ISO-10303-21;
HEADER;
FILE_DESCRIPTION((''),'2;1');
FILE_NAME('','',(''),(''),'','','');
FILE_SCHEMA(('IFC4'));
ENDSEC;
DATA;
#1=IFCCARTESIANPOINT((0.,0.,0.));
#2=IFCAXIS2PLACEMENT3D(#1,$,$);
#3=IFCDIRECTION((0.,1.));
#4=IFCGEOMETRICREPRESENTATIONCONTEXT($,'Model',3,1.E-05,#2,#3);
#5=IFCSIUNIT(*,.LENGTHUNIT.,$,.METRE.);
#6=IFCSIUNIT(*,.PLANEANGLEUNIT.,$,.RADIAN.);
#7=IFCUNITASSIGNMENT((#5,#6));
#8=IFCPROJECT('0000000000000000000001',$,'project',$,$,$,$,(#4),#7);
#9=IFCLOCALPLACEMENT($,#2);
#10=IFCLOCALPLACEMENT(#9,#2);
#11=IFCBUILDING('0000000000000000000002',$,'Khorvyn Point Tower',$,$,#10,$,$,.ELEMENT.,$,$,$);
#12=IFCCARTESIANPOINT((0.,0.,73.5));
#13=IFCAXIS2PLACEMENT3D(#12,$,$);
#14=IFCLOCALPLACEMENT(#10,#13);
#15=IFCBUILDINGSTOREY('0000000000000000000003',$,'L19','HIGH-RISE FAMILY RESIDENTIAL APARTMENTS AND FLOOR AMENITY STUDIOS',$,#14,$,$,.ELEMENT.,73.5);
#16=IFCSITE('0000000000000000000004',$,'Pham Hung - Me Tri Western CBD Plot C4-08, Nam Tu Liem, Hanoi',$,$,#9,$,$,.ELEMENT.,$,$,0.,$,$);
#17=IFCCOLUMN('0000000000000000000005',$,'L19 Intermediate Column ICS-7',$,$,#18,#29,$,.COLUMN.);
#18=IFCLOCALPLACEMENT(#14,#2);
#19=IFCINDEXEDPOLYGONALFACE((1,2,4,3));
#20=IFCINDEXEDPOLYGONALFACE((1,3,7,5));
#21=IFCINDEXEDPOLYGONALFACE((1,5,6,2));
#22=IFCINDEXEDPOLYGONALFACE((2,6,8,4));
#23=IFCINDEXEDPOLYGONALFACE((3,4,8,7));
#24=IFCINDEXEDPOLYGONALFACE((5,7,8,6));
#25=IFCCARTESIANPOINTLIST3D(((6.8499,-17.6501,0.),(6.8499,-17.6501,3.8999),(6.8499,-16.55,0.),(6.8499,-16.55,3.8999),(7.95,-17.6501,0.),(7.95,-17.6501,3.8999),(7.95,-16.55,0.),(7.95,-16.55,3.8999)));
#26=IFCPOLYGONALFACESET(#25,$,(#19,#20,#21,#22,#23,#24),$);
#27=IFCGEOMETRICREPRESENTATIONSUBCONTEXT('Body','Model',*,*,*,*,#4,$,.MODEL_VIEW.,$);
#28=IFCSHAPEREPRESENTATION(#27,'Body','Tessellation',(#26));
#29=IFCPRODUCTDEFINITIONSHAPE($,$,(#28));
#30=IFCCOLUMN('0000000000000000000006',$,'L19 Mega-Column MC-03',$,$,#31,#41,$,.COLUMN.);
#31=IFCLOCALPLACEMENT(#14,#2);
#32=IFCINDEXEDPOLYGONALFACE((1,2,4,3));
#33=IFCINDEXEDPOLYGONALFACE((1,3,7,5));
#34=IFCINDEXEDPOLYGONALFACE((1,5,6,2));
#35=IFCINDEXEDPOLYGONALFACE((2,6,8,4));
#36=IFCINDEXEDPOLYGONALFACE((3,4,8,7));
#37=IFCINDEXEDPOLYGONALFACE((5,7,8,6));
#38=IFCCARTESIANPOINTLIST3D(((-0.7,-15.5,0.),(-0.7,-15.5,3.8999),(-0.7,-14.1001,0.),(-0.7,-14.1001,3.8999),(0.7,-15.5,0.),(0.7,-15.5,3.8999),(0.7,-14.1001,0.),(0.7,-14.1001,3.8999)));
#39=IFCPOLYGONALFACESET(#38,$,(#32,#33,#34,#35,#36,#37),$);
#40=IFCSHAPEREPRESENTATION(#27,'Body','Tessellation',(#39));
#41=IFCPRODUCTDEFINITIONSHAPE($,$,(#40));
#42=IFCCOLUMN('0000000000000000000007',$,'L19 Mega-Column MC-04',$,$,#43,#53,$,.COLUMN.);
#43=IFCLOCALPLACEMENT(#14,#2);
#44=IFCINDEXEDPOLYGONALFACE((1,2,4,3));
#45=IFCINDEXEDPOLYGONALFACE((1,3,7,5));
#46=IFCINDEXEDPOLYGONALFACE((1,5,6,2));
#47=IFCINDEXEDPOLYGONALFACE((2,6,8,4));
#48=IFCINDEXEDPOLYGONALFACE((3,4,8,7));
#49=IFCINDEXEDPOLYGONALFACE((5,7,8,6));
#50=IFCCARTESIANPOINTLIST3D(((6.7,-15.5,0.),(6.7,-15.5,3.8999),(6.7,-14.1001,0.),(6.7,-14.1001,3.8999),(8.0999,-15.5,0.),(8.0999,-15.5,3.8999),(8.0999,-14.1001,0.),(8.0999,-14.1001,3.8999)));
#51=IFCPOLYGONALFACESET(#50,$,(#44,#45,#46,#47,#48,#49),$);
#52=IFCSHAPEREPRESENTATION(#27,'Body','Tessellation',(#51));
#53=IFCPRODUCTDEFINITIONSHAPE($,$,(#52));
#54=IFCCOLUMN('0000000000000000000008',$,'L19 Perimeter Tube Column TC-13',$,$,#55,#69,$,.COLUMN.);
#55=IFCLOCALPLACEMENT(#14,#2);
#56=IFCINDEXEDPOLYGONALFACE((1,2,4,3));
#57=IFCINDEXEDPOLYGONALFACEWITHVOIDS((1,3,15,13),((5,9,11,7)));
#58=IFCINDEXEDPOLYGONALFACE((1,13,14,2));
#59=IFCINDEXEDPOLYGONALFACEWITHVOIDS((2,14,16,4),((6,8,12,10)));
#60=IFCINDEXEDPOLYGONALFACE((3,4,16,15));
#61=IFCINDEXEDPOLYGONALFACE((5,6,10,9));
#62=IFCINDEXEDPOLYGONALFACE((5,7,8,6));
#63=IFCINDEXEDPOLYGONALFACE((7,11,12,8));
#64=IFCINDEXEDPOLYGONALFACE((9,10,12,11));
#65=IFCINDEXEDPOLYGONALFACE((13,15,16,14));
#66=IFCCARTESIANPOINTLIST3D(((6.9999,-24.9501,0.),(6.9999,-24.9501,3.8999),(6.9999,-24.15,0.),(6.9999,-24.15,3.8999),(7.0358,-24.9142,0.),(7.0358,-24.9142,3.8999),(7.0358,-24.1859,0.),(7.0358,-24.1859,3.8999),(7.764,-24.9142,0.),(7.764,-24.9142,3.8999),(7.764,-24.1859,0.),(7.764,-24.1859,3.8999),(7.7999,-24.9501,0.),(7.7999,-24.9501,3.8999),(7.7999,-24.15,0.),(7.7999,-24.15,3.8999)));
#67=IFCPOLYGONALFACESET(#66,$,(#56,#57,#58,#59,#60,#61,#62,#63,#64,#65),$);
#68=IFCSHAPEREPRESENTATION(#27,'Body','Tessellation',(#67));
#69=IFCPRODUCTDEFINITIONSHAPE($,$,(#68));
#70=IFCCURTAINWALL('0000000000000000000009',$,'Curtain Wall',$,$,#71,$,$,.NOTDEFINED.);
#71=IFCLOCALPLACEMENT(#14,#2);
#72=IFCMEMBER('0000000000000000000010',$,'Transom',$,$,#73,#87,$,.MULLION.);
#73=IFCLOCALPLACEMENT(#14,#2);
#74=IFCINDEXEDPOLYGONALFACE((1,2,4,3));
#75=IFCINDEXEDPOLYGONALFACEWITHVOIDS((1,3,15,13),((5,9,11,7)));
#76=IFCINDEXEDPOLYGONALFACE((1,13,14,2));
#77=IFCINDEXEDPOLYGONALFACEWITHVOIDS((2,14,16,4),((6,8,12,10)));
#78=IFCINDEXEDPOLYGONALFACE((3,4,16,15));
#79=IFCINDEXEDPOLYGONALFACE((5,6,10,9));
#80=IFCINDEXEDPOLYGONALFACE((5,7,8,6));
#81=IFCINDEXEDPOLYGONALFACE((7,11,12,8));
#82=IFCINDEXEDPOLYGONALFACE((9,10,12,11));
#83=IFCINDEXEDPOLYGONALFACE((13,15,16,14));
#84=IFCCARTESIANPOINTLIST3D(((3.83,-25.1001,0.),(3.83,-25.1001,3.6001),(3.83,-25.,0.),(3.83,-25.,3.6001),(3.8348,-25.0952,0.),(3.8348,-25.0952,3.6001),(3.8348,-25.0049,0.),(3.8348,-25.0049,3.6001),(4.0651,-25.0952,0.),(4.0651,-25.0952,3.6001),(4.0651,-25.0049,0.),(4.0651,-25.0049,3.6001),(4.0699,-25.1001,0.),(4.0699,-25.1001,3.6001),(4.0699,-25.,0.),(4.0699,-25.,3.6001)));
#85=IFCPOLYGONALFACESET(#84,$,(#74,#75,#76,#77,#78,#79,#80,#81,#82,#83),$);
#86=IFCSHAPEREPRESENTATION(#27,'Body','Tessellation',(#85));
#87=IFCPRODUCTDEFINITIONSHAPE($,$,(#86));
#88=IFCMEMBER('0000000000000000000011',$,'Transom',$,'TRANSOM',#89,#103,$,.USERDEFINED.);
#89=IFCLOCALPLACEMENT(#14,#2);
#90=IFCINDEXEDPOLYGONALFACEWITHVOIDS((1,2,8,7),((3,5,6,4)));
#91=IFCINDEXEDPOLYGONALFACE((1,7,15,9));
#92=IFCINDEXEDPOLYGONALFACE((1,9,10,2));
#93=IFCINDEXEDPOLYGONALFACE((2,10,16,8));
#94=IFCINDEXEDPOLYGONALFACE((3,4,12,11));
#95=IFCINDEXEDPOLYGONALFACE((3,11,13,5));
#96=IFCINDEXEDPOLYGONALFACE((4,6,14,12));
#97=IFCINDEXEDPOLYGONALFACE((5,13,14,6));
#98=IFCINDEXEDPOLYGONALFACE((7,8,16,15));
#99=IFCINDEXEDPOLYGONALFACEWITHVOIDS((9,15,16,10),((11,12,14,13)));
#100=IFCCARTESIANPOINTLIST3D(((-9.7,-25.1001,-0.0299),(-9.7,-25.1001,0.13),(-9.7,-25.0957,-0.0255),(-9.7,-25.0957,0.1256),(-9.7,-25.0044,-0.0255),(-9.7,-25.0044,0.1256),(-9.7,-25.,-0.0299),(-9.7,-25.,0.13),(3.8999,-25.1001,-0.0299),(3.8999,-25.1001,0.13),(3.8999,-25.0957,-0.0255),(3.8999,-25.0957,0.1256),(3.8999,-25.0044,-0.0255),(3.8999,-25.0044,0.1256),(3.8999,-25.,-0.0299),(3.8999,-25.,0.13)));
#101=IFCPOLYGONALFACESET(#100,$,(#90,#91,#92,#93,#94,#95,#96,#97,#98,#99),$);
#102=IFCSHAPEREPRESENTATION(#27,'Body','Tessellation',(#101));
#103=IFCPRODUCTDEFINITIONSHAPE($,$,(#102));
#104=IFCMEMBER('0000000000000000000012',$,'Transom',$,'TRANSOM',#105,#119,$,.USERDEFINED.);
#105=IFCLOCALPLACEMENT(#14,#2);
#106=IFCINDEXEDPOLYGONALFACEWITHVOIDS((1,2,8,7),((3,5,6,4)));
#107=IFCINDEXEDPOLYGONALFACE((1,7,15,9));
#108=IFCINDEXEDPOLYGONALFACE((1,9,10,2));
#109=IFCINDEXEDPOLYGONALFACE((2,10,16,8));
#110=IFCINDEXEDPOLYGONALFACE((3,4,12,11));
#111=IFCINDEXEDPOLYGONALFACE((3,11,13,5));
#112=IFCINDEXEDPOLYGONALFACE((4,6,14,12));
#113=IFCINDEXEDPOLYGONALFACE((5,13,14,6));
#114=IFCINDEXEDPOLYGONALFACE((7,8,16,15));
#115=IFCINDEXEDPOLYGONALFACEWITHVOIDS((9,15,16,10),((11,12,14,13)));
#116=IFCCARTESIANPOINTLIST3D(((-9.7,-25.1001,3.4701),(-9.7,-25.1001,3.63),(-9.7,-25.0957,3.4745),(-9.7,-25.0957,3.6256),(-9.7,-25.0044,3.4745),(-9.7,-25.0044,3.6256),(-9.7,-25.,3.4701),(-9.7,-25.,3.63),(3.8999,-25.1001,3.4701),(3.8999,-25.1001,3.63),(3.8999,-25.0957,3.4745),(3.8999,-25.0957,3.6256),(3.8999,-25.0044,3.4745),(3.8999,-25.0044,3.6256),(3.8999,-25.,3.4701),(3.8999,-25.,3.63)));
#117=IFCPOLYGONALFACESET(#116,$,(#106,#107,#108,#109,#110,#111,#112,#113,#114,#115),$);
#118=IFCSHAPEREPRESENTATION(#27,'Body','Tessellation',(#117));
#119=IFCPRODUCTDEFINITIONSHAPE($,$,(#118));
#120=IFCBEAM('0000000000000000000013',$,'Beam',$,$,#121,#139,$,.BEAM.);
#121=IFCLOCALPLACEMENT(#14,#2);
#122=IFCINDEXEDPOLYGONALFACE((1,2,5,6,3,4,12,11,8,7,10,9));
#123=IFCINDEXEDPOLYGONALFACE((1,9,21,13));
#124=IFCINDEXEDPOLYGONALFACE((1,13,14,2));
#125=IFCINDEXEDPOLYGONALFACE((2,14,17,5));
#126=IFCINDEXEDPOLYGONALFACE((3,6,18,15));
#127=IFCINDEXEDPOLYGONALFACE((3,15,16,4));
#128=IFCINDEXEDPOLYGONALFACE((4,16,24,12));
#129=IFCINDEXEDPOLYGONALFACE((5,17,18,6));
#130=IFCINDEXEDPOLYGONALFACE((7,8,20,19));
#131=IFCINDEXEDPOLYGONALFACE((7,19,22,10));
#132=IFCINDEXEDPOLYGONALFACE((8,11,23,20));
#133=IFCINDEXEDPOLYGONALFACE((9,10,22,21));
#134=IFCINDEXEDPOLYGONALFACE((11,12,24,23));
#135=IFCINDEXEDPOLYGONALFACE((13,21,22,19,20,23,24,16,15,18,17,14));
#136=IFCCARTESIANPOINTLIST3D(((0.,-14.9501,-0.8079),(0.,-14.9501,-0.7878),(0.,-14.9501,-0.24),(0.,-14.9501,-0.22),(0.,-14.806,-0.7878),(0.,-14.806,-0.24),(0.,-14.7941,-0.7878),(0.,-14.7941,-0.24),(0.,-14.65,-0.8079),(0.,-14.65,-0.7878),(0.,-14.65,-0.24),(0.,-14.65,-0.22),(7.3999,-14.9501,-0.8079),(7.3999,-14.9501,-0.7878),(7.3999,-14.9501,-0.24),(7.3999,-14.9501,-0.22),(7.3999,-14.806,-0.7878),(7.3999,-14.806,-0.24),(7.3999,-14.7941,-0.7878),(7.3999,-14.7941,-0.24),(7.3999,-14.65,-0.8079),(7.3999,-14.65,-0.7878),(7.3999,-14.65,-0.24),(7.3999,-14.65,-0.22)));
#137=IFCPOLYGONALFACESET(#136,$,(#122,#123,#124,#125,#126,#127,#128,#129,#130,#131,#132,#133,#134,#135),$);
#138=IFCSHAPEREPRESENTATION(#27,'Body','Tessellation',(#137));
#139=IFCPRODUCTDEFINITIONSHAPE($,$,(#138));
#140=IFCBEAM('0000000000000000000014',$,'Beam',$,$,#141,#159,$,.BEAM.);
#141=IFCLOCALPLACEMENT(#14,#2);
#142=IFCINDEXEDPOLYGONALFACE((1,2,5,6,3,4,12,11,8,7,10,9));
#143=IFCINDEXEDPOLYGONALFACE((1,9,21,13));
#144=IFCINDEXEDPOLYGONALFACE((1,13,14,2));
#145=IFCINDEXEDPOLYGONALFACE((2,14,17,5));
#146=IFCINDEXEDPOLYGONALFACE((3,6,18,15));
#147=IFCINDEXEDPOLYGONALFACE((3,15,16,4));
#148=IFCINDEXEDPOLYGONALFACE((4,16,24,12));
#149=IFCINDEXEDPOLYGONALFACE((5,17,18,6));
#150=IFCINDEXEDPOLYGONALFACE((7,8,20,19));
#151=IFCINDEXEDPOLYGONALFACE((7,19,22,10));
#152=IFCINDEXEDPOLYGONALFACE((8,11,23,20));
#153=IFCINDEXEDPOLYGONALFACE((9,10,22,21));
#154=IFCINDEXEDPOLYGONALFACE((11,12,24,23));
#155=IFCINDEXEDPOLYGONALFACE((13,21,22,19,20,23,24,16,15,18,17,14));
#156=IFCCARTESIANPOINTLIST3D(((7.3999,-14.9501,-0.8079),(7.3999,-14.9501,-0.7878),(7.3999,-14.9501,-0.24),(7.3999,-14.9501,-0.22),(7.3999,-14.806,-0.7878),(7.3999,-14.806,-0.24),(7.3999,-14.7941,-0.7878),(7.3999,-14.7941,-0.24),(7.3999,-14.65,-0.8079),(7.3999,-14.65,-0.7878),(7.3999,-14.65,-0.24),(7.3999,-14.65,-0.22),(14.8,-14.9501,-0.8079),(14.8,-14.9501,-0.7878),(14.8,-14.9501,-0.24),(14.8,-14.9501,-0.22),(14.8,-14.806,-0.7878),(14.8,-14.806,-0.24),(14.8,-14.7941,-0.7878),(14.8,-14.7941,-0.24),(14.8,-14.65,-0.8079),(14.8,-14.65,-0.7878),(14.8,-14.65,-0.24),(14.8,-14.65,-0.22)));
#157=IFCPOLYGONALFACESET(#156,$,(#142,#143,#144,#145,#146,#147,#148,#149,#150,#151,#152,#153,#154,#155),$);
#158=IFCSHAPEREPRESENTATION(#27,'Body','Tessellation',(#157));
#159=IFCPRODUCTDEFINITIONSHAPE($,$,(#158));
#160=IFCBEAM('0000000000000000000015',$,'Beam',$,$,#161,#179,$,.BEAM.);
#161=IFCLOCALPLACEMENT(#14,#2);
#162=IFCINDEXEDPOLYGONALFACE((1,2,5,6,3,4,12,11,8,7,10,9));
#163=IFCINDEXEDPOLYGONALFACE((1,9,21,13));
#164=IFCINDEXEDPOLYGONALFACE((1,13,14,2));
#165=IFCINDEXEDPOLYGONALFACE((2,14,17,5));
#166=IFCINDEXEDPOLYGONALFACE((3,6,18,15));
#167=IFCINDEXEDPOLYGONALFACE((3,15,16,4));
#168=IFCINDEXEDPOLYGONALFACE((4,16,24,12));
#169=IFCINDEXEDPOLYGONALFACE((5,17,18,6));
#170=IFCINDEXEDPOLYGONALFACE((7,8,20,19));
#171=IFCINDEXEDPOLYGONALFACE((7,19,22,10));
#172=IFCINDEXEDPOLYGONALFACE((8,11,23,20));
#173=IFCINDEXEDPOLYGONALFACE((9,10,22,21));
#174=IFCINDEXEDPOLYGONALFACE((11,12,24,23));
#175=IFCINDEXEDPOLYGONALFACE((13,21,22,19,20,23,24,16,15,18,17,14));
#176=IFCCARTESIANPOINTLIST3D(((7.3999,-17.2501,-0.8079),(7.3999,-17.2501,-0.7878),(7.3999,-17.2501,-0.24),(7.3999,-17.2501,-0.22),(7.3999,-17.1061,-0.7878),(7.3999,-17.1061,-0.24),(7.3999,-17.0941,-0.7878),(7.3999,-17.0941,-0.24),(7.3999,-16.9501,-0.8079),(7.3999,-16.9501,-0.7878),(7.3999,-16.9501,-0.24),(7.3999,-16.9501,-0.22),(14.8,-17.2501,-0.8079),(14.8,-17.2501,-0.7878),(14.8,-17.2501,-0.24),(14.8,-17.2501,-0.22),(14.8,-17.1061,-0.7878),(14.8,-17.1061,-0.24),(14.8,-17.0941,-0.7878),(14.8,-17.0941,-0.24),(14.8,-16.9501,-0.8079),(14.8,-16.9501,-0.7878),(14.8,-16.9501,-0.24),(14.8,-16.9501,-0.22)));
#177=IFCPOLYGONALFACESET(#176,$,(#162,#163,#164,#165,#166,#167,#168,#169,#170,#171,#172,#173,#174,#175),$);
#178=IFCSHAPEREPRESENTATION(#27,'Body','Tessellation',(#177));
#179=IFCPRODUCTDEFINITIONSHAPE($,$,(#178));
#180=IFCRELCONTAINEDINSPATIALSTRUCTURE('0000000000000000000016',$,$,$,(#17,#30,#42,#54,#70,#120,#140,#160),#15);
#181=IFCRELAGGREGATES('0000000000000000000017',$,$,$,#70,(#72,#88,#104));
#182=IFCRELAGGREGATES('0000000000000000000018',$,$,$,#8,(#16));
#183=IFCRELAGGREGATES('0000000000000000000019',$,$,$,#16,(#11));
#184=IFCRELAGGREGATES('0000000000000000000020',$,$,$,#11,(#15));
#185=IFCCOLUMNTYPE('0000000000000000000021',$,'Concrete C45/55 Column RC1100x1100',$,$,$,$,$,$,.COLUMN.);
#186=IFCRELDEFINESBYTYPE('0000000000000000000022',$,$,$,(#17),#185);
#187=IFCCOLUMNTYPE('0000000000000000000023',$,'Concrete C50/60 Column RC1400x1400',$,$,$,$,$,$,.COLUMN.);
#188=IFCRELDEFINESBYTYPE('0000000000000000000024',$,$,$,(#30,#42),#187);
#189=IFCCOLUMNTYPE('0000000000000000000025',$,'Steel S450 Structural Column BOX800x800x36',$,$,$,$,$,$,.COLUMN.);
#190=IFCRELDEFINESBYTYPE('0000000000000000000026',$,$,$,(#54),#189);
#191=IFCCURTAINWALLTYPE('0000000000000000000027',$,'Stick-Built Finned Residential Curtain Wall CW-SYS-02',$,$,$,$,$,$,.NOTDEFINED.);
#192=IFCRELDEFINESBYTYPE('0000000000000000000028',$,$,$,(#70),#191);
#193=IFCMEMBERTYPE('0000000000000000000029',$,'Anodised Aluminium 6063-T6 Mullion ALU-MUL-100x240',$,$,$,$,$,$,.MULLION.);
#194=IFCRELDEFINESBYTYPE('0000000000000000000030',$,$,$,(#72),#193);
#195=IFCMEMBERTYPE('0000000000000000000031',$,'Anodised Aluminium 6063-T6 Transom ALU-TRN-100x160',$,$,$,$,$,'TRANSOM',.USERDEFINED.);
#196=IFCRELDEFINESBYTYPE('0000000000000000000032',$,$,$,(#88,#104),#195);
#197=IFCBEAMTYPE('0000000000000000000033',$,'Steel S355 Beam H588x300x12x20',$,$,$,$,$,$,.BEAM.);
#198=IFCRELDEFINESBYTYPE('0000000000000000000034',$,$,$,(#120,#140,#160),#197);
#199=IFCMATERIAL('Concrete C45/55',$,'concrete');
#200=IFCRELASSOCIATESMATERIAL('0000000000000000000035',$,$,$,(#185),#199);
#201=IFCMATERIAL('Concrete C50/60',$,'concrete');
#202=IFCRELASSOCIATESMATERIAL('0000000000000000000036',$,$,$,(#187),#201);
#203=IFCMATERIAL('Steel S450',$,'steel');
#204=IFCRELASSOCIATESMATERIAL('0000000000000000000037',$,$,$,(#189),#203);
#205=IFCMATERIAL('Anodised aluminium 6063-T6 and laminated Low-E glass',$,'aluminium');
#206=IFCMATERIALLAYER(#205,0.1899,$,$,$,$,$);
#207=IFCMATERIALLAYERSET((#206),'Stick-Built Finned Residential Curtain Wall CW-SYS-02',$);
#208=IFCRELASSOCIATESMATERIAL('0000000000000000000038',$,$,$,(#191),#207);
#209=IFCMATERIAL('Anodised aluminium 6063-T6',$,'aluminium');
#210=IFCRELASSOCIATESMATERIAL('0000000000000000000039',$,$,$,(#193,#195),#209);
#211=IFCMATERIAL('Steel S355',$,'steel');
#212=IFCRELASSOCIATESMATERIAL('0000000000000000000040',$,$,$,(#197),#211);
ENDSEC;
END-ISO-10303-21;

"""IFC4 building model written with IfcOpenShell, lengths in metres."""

from ifc_helpers import new_model, si_unit, direction, frame, origin, origin_2d, place, context, subcontext, project, spatial, rectangle, hollow_rectangle, i_section, extrude, material, layer, layer_set, material_profile, profile_set, type_object, element, aggregate, save


model = new_model("IFC4")

# Units and contexts
model_context = context("Model", 3, precision=1e-05, world=origin(), true_north=direction((0.0, 1.0)))
body_context = subcontext(model_context, "Body", "Model", "MODEL_VIEW")
ifc_project = project(units=[si_unit("LENGTHUNIT", "METRE"), si_unit("PLANEANGLEUNIT", "RADIAN")], contexts=[model_context])

# Site, building, storey
site_placement = place(None, origin())
site = spatial("IfcSite", under=ifc_project, at=site_placement, Name="Pham Hung - Me Tri Western CBD Plot C4-08, Nam Tu Liem, Hanoi", CompositionType="ELEMENT", RefElevation=0.0)
building_placement = place(site_placement, origin())
building = spatial("IfcBuilding", under=site, at=building_placement, Name="Khorvyn Point Tower", CompositionType="ELEMENT")
storey_placement = place(building_placement, frame((0.0, 0.0, 73.5)))
storey = spatial("IfcBuildingStorey", under=building, at=storey_placement, Name="L19", Description="HIGH-RISE FAMILY RESIDENTIAL APARTMENTS AND FLOOR AMENITY STUDIOS", CompositionType="ELEMENT", Elevation=73.5)

# Columns
ifc_material_1 = material(Name="Concrete C45/55", Category="concrete")
ifc_material_profile_1 = material_profile(ifc_material_1, rectangle(XDim=1.1001, YDim=1.1001, at=origin_2d()))
ifc_profile_set_1 = profile_set([ifc_material_profile_1], Name="Concrete C45/55 RC1100x1100")
column_type_1 = type_object("IfcColumnType", Name="Concrete C45/55 Column RC1100x1100", PredefinedType="COLUMN", material=ifc_profile_set_1)
column_1_placement = place(storey_placement, frame((7.3999, -17.1001, 0.0), z_axis=(0.0, 0.0, 1.0), x_axis=(1.0, 0.0, 0.0)))
element("IfcColumn", 1, at=column_1_placement, inside=storey, type_object=column_type_1, Name="L19 Intermediate Column ICS-7", PredefinedType="COLUMN", context=body_context, shape_type="SweptSolid", body=[
    extrude(rectangle(XDim=1.1001, YDim=1.1001, at=origin_2d()), origin(), (0.0, 0.0, 1.0), 3.8999),
])
ifc_material_2 = material(Name="Concrete C50/60", Category="concrete")
ifc_material_profile_2 = material_profile(ifc_material_2, rectangle(XDim=1.3999, YDim=1.3999, at=origin_2d()))
ifc_profile_set_2 = profile_set([ifc_material_profile_2], Name="Concrete C50/60 RC1400x1400")
column_type_2 = type_object("IfcColumnType", Name="Concrete C50/60 Column RC1400x1400", PredefinedType="COLUMN", material=ifc_profile_set_2)
for number, where, z_axis, x_axis, name in (
    (2, (0.0, -14.8, 0.0), (0.0, 0.0, 1.0), (1.0, 0.0, 0.0), "L19 Mega-Column MC-03"),
    (3, (7.3999, -14.8, 0.0), (0.0, 0.0, 1.0), (1.0, 0.0, 0.0), "L19 Mega-Column MC-04"),
):
    element("IfcColumn", number, at=place(storey_placement, frame(where, z_axis=z_axis, x_axis=x_axis)), inside=storey, type_object=column_type_2, Name=name, PredefinedType="COLUMN", context=body_context, shape_type="SweptSolid", body=[
        extrude(rectangle(XDim=1.3999, YDim=1.3999, at=origin_2d()), origin(), (0.0, 0.0, 1.0), 3.8999),
    ])
ifc_material_3 = material(Name="Steel S450", Category="steel")
ifc_material_profile_3 = material_profile(ifc_material_3, hollow_rectangle(XDim=0.8, YDim=0.8, WallThickness=0.0359, at=origin_2d()))
ifc_profile_set_3 = profile_set([ifc_material_profile_3], Name="Steel S450 BOX800x800x36")
column_type_3 = type_object("IfcColumnType", Name="Steel S450 Structural Column BOX800x800x36", PredefinedType="COLUMN", material=ifc_profile_set_3)
column_2_placement = place(storey_placement, frame((7.3999, -24.55, 0.0), z_axis=(0.0, 0.0, 1.0), x_axis=(1.0, 0.0, 0.0)))
element("IfcColumn", 4, at=column_2_placement, inside=storey, type_object=column_type_3, Name="L19 Perimeter Tube Column TC-13", PredefinedType="COLUMN", context=body_context, shape_type="SweptSolid", body=[
    extrude(hollow_rectangle(XDim=0.8, YDim=0.8, WallThickness=0.0359, at=origin_2d()), origin(), (0.0, 0.0, 1.0), 3.8999),
])

# Curtain wall, members
ifc_material_4 = material(Name="Anodised aluminium 6063-T6 and laminated Low-E glass", Category="aluminium")
ifc_layer_1 = layer(ifc_material_4, 0.1899)
ifc_layer_set_1 = layer_set([ifc_layer_1], Name="Stick-Built Finned Residential Curtain Wall CW-SYS-02")
curtain_wall_type = type_object("IfcCurtainWallType", Name="Stick-Built Finned Residential Curtain Wall CW-SYS-02", PredefinedType="NOTDEFINED", material=ifc_layer_set_1)
curtain_wall_placement = place(storey_placement, origin())
curtain_wall = element("IfcCurtainWall", 5, at=curtain_wall_placement, inside=storey, type_object=curtain_wall_type, Name="Curtain Wall", PredefinedType="NOTDEFINED")
ifc_material_5 = material(Name="Anodised aluminium 6063-T6", Category="aluminium")
ifc_material_profile_4 = material_profile(ifc_material_5, hollow_rectangle(XDim=0.1001, YDim=0.24, WallThickness=0.0049, at=origin_2d()))
ifc_profile_set_4 = profile_set([ifc_material_profile_4], Name="Anodised aluminium 6063-T6 ALU-MUL-100x240")
member_type_1 = type_object("IfcMemberType", Name="Anodised Aluminium 6063-T6 Mullion ALU-MUL-100x240", PredefinedType="MULLION", material=ifc_profile_set_4)
member_1_placement = place(storey_placement, frame((3.95, -25.05, 0.0), z_axis=(0.0, 0.0, 1.0), x_axis=(0.0, -1.0, 0.0)))
member_1 = element("IfcMember", 6, at=member_1_placement, type_object=member_type_1, Name="Transom", PredefinedType="MULLION", context=body_context, shape_type="SweptSolid", body=[
    extrude(hollow_rectangle(XDim=0.1001, YDim=0.24, WallThickness=0.0049, at=origin_2d()), origin(), (0.0, 0.0, 1.0), 3.6001),
])
ifc_material_profile_5 = material_profile(ifc_material_5, hollow_rectangle(XDim=0.1001, YDim=0.1599, WallThickness=0.0044, at=origin_2d()))
ifc_profile_set_5 = profile_set([ifc_material_profile_5], Name="Anodised aluminium 6063-T6 ALU-TRN-100x160")
member_type_2 = type_object("IfcMemberType", Name="Anodised Aluminium 6063-T6 Transom ALU-TRN-100x160", ElementType="TRANSOM", PredefinedType="USERDEFINED", material=ifc_profile_set_5)
member_2_placement = place(storey_placement, frame((3.8999, -25.05, 0.05), z_axis=(-1.0, 0.0, 0.0), x_axis=(0.0, -1.0, 0.0)))
member_2 = element("IfcMember", 7, at=member_2_placement, type_object=member_type_2, Name="Transom", ObjectType="TRANSOM", PredefinedType="USERDEFINED", context=body_context, shape_type="SweptSolid", body=[
    extrude(hollow_rectangle(XDim=0.1001, YDim=0.1599, WallThickness=0.0044, at=origin_2d()), origin(), (0.0, 0.0, 1.0), 13.5999),
])
member_3_placement = place(storey_placement, frame((3.8999, -25.05, 3.55), z_axis=(-1.0, 0.0, 0.0), x_axis=(0.0, -1.0, 0.0)))
member_3 = element("IfcMember", 8, at=member_3_placement, type_object=member_type_2, Name="Transom", ObjectType="TRANSOM", PredefinedType="USERDEFINED", context=body_context, shape_type="SweptSolid", body=[
    extrude(hollow_rectangle(XDim=0.1001, YDim=0.1599, WallThickness=0.0044, at=origin_2d()), origin(), (0.0, 0.0, 1.0), 13.5999),
])

# Beams
ifc_material_6 = material(Name="Steel S355", Category="steel")
ifc_material_profile_6 = material_profile(ifc_material_6, i_section(OverallWidth=0.3, OverallDepth=0.5879, WebThickness=0.012, FlangeThickness=0.02, at=origin_2d()))
ifc_profile_set_6 = profile_set([ifc_material_profile_6], Name="Steel S355 H588x300x12x20")
beam_type_1 = type_object("IfcBeamType", Name="Steel S355 Beam H588x300x12x20", PredefinedType="BEAM", material=ifc_profile_set_6)
beam_1_placement = place(storey_placement, frame((0.0, -14.8, -0.5139), z_axis=(1.0, 0.0, 0.0), x_axis=(0.0, 1.0, 0.0)))
element("IfcBeam", 9, at=beam_1_placement, inside=storey, type_object=beam_type_1, Name="Beam", PredefinedType="BEAM", context=body_context, shape_type="SweptSolid", body=[
    extrude(i_section(OverallWidth=0.3, OverallDepth=0.5879, WebThickness=0.012, FlangeThickness=0.02, at=origin_2d()), origin(), (0.0, 0.0, 1.0), 7.3999),
])
for number, where, z_axis, x_axis, name in (
    (10, (7.3999, -14.8, -0.5139), (1.0, 0.0, 0.0), (0.0, 1.0, 0.0), "Beam"),
    (11, (7.3999, -17.1001, -0.5139), (1.0, 0.0, 0.0), (0.0, 1.0, 0.0), "Beam"),
):
    element("IfcBeam", number, at=place(storey_placement, frame(where, z_axis=z_axis, x_axis=x_axis)), inside=storey, type_object=beam_type_1, Name=name, PredefinedType="BEAM", context=body_context, shape_type="SweptSolid", body=[
        extrude(i_section(OverallWidth=0.3, OverallDepth=0.5879, WebThickness=0.012, FlangeThickness=0.02, at=origin_2d()), origin(), (0.0, 0.0, 1.0), 7.4001),
    ])

aggregate(curtain_wall, [member_1, member_2, member_3])

save(model, "model.ifc")
